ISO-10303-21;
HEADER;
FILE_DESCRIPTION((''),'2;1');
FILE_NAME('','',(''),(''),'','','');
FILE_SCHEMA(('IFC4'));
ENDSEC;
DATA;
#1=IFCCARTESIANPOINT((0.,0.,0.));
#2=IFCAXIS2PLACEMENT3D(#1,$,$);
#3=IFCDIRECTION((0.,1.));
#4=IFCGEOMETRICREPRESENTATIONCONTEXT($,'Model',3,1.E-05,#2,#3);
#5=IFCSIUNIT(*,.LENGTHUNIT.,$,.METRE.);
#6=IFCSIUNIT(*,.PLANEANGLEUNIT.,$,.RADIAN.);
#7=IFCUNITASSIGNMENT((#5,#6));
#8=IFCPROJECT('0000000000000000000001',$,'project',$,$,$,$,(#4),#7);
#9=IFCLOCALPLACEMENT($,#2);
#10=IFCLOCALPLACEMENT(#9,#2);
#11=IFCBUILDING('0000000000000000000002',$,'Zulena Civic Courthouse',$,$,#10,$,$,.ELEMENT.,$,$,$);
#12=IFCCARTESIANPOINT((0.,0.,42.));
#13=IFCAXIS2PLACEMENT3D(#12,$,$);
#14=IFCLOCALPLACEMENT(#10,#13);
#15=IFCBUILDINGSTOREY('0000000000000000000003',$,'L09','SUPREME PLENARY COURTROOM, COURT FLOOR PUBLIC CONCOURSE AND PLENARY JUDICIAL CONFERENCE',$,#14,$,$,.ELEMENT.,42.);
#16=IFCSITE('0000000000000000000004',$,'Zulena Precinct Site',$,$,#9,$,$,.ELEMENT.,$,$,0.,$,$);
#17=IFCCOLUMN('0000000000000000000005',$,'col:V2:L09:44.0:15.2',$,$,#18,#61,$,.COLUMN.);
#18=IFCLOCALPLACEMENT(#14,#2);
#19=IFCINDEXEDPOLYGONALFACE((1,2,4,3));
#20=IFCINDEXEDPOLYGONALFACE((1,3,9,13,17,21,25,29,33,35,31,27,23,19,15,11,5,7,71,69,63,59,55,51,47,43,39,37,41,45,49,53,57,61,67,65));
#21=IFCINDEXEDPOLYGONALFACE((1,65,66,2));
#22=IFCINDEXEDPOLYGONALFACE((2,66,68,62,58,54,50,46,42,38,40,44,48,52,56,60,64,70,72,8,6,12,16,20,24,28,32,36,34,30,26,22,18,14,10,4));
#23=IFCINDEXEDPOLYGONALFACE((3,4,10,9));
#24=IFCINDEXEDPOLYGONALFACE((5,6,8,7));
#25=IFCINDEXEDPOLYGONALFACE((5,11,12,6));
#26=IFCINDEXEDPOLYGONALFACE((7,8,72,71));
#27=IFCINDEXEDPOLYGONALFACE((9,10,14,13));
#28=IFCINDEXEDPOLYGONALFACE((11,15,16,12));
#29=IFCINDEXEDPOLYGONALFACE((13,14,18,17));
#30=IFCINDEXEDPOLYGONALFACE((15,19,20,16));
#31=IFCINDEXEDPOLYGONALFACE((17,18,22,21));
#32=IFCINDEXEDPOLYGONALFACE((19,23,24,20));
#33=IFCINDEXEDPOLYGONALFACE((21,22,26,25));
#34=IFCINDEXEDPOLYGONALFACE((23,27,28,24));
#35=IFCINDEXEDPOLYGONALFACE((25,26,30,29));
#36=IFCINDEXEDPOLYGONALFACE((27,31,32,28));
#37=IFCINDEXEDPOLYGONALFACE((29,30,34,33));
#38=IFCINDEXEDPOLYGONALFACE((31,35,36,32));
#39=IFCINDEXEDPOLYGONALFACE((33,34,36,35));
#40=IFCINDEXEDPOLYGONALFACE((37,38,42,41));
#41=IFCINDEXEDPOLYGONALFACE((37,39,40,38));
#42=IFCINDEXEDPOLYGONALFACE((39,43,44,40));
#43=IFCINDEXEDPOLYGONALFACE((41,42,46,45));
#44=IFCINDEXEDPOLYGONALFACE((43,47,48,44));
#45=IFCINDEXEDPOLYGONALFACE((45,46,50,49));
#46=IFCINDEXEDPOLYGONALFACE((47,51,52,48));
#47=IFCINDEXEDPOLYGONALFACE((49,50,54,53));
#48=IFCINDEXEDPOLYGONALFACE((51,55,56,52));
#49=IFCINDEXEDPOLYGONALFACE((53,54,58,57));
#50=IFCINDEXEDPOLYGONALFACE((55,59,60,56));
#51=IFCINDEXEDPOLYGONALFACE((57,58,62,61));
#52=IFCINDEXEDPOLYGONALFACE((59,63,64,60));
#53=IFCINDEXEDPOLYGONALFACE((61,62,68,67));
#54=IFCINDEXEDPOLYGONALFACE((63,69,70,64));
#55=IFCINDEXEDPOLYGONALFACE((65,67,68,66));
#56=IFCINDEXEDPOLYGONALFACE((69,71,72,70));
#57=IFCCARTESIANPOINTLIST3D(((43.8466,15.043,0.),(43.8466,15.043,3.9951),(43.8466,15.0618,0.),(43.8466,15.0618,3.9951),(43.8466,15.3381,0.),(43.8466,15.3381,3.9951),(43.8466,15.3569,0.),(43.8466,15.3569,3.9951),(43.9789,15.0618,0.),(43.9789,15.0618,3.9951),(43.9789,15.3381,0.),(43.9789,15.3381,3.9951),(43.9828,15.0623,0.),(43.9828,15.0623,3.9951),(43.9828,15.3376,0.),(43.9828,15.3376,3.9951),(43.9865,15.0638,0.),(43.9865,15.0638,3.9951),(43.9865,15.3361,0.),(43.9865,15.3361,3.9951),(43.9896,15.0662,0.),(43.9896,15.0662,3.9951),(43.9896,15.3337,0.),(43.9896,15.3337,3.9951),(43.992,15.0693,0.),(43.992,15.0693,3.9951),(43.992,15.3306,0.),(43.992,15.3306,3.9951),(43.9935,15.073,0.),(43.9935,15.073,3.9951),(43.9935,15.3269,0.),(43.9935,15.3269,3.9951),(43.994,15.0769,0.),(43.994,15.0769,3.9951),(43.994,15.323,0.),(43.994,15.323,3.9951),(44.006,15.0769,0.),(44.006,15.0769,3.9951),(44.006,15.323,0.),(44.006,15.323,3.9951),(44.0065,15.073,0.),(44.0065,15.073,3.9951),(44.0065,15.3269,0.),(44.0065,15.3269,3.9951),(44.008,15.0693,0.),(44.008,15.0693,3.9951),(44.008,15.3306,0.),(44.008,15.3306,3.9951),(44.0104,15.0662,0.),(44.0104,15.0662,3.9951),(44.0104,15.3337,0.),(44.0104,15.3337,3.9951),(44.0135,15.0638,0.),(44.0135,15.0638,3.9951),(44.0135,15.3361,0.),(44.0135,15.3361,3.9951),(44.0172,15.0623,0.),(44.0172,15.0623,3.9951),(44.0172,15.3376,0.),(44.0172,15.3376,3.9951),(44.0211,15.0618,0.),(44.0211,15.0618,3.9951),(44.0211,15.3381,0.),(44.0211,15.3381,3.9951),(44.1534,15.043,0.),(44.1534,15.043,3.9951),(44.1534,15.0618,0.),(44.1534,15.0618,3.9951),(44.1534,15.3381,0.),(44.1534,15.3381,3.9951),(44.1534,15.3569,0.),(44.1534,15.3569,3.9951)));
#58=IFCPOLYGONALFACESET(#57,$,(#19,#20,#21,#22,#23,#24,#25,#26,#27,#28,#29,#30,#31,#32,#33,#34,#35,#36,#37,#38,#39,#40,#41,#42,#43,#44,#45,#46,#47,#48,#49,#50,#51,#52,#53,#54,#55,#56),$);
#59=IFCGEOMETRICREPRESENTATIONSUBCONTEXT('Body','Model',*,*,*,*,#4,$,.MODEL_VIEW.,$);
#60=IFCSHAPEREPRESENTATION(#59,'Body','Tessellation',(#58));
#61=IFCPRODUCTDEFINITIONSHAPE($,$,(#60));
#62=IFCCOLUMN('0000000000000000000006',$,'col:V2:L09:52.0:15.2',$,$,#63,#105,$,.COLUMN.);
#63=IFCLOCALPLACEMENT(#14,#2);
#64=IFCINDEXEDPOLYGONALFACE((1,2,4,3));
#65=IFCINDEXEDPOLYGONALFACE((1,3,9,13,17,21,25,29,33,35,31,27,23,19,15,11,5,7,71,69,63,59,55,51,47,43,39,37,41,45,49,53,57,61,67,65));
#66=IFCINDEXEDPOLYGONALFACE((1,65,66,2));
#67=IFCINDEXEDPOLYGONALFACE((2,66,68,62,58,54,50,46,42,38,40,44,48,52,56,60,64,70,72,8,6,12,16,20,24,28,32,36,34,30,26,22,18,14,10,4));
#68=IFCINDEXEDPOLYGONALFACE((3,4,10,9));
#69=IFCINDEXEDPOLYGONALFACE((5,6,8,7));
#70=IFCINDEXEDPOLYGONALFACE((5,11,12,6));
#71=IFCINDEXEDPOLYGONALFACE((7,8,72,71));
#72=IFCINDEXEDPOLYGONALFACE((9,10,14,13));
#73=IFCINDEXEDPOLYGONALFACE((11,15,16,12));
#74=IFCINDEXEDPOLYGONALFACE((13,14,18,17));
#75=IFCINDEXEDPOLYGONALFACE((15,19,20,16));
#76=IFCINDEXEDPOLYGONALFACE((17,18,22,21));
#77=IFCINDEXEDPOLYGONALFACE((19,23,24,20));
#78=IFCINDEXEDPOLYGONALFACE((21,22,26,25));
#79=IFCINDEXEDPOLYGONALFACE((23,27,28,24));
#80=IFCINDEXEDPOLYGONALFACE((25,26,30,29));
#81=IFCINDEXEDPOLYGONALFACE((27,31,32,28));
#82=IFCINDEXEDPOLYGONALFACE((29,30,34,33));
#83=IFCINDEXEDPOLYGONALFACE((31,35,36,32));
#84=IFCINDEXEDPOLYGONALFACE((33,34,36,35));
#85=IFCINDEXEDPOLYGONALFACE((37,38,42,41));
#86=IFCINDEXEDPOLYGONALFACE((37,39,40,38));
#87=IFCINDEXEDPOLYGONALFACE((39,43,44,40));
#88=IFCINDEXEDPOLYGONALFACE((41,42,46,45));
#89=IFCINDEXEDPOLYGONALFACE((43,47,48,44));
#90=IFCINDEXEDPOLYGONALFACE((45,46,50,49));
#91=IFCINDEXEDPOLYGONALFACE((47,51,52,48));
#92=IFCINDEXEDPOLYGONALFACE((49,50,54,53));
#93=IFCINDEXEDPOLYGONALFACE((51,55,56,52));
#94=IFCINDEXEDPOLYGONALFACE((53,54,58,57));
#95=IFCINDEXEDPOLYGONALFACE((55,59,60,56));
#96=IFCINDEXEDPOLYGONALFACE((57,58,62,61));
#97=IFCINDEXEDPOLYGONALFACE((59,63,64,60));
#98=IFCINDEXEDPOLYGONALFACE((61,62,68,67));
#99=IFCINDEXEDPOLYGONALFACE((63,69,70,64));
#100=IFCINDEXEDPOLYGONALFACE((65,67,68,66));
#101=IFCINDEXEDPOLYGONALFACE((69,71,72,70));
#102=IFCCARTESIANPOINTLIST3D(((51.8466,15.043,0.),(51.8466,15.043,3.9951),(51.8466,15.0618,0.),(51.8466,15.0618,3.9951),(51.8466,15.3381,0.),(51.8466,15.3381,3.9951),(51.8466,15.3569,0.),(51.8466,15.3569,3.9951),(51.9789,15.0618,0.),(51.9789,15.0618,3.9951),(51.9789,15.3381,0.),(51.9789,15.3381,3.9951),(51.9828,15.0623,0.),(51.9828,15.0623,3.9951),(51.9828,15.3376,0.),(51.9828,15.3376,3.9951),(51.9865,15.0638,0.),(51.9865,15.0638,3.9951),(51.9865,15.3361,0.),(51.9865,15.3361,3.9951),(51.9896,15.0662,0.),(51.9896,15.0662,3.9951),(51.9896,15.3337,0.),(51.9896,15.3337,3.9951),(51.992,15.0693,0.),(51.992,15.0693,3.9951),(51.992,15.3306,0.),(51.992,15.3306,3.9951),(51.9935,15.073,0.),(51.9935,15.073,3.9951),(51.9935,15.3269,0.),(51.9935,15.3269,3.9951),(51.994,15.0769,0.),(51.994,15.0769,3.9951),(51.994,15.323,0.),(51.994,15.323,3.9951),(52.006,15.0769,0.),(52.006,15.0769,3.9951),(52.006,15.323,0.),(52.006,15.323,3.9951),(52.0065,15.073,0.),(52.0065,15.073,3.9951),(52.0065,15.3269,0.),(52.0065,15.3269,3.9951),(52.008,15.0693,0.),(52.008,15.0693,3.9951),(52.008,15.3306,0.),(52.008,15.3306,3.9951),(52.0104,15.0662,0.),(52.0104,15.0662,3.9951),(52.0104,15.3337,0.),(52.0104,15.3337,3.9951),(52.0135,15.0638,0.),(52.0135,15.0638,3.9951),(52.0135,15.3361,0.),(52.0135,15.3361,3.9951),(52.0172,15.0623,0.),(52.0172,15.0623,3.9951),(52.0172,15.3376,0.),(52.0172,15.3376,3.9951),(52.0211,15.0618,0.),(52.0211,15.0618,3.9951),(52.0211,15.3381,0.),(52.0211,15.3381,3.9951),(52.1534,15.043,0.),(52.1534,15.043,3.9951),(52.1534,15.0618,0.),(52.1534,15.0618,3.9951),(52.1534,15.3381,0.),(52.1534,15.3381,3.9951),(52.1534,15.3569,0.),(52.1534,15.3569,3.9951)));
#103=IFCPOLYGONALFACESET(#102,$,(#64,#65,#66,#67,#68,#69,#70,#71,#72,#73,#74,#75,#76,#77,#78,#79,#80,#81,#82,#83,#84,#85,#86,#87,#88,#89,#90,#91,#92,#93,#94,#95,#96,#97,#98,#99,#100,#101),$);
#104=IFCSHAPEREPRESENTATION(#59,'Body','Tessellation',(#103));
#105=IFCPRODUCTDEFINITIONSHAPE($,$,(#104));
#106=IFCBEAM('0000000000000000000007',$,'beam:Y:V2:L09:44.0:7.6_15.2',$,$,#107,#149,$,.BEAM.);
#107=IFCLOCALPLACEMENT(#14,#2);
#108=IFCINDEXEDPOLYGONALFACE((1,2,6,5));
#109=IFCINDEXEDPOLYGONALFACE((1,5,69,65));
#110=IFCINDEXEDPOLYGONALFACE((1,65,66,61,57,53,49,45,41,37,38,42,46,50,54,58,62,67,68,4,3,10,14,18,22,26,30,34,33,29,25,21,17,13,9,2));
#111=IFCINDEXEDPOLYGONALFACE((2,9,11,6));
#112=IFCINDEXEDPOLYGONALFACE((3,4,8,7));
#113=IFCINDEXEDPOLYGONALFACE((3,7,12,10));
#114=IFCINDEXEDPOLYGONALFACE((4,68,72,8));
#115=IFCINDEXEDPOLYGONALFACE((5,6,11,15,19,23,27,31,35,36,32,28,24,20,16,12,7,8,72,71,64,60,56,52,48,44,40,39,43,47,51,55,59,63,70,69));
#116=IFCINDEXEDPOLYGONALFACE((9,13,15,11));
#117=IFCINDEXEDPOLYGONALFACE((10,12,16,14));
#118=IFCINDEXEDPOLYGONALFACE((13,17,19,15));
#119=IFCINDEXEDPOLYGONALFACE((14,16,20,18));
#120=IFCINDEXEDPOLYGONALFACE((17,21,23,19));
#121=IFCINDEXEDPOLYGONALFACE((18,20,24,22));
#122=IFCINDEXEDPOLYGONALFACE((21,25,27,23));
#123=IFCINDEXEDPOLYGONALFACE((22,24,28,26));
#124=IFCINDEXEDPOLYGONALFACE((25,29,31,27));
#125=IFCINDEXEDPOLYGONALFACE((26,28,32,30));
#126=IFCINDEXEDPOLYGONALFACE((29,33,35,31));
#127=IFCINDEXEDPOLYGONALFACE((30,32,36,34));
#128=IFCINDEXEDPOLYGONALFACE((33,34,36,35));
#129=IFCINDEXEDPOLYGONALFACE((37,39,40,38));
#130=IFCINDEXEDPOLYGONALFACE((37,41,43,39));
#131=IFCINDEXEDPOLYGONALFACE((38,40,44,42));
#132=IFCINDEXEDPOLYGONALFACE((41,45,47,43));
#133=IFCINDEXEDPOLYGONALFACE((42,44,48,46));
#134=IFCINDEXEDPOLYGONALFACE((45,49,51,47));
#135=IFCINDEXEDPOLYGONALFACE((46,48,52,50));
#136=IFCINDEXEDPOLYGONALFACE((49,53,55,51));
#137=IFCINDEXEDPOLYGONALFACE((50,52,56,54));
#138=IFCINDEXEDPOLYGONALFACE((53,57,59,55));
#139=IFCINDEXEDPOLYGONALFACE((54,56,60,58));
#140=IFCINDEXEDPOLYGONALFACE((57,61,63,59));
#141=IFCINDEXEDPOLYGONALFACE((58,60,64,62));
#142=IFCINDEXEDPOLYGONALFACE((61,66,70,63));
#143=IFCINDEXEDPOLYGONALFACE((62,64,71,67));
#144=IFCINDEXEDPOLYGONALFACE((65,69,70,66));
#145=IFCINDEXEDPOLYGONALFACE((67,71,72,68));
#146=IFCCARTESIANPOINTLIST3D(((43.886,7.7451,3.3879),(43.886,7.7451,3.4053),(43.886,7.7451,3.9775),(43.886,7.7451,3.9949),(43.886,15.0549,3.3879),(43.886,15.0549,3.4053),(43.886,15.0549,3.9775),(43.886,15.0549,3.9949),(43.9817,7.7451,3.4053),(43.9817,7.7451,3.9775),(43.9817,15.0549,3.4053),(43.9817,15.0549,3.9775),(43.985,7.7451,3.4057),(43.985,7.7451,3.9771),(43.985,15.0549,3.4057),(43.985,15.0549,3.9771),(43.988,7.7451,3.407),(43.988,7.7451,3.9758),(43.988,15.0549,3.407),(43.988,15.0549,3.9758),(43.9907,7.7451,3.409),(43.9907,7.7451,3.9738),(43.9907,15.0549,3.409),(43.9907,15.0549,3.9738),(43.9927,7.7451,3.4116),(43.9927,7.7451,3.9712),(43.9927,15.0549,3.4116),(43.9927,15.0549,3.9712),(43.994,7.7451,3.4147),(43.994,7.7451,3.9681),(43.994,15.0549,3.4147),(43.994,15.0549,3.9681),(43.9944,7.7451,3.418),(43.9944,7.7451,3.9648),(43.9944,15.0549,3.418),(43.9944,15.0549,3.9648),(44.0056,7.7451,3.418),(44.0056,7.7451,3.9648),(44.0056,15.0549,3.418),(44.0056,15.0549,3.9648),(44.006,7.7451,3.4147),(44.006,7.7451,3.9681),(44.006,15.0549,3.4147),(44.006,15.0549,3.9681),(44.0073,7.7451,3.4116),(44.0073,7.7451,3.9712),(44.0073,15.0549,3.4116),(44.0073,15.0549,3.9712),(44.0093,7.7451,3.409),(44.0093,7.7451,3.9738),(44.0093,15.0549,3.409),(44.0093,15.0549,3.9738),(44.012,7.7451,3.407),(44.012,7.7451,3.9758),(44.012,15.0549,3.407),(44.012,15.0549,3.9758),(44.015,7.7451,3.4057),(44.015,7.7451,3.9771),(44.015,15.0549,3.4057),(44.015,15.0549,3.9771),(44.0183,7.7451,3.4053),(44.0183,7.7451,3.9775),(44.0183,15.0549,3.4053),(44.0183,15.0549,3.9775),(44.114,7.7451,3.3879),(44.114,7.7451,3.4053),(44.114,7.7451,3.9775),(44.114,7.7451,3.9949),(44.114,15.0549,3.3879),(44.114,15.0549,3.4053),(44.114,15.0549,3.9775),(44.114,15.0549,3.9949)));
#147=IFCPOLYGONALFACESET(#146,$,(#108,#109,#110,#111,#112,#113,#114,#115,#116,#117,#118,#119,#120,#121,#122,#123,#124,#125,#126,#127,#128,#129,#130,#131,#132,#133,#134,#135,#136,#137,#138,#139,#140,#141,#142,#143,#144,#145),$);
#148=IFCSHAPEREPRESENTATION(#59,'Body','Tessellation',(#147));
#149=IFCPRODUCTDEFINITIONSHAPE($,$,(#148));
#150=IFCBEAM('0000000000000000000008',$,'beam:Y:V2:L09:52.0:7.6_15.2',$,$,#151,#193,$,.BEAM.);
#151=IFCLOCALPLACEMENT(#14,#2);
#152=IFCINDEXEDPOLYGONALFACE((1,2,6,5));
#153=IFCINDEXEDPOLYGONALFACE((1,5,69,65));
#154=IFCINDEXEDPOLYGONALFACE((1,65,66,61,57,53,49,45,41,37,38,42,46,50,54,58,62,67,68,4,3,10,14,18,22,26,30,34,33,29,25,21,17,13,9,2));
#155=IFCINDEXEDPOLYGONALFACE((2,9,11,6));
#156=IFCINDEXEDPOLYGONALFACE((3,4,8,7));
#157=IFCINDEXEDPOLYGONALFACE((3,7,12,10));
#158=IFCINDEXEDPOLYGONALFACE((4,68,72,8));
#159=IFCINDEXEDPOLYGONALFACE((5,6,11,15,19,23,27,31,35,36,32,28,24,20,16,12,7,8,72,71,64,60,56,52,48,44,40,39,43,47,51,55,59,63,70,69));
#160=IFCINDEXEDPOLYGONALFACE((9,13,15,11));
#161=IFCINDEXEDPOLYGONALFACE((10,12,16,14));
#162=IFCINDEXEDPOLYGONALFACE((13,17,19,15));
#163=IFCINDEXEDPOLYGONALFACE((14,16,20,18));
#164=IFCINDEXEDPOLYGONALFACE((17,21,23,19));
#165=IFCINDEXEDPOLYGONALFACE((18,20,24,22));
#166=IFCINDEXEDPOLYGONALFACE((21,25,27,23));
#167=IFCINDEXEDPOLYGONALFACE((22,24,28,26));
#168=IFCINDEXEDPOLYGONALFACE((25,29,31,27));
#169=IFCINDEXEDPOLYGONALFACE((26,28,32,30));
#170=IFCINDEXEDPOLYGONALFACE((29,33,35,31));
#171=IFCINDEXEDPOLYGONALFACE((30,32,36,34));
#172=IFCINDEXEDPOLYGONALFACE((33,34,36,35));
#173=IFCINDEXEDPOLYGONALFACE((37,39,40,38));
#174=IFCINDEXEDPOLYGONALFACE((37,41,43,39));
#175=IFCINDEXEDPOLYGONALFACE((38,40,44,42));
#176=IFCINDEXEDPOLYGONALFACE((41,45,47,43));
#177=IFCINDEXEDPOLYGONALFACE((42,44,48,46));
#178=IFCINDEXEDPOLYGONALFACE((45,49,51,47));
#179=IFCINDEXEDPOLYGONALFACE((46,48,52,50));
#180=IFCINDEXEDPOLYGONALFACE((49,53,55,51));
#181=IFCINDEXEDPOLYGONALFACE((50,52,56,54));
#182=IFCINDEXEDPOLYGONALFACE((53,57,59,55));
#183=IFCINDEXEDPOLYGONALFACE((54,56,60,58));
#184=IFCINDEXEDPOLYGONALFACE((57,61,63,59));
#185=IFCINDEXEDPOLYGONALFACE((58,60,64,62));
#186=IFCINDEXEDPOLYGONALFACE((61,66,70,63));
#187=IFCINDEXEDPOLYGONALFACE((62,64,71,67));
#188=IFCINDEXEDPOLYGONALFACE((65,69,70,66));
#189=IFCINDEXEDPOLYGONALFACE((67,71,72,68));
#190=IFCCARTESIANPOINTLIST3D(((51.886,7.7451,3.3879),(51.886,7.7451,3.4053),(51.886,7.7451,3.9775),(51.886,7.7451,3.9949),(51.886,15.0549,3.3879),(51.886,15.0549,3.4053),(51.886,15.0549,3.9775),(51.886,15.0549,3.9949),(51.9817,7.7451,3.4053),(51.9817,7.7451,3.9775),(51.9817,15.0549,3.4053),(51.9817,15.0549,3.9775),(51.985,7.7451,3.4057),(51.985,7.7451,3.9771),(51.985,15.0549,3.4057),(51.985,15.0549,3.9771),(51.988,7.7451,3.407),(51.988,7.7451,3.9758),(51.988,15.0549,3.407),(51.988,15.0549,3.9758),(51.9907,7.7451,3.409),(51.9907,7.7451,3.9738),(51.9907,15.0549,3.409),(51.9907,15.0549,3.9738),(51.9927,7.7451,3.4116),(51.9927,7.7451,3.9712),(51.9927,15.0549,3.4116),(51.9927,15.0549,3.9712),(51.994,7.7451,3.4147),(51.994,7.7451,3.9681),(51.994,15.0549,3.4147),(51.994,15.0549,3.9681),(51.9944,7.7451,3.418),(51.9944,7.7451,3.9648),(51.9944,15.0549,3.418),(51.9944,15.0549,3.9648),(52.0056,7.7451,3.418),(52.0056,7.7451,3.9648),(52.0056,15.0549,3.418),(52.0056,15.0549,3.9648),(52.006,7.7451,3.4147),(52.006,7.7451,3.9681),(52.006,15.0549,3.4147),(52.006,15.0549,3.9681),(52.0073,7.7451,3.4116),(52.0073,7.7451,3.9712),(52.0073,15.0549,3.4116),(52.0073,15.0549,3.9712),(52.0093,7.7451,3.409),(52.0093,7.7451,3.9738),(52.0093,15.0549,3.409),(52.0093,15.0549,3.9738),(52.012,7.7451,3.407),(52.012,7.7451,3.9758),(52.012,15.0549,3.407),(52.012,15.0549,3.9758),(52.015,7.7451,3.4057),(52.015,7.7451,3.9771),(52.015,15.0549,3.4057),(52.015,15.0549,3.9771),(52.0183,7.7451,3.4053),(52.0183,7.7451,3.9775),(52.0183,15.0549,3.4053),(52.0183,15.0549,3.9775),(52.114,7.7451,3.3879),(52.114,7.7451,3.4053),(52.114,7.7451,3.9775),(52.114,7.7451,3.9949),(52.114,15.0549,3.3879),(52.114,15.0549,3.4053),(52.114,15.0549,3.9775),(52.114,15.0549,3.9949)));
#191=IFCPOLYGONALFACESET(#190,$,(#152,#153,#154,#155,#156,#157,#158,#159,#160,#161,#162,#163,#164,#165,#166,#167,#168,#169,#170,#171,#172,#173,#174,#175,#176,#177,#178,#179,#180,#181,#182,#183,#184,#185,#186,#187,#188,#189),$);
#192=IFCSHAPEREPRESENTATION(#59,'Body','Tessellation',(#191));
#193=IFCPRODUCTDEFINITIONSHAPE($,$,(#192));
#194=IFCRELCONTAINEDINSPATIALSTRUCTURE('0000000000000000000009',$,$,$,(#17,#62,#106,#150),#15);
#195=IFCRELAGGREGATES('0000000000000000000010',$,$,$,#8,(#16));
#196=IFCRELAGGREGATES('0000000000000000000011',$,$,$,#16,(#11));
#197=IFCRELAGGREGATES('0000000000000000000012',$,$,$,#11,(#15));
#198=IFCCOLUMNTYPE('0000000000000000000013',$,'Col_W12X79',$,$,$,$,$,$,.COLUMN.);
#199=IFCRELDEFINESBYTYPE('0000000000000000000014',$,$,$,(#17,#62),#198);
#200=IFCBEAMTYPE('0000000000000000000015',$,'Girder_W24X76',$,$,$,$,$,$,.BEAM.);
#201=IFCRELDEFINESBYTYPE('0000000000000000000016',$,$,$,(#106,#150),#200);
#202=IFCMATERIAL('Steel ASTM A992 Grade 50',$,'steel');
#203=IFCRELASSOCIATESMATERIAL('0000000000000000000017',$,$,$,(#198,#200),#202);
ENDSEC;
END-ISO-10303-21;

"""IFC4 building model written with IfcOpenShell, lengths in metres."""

from ifc_helpers import new_model, si_unit, direction, frame, origin, origin_2d, place, context, subcontext, project, spatial, i_section, extrude, material, material_profile, profile_set, type_object, element, save


model = new_model("IFC4")

# Units and contexts
model_context = context("Model", 3, precision=1e-05, world=origin(), true_north=direction((0.0, 1.0)))
body_context = subcontext(model_context, "Body", "Model", "MODEL_VIEW")
ifc_project = project(units=[si_unit("LENGTHUNIT", "METRE"), si_unit("PLANEANGLEUNIT", "RADIAN")], contexts=[model_context])

# Site, building, storey
site_placement = place(None, origin())
site = spatial("IfcSite", under=ifc_project, at=site_placement, Name="Zulena Precinct Site", CompositionType="ELEMENT", RefElevation=0.0)
building_placement = place(site_placement, origin())
building = spatial("IfcBuilding", under=site, at=building_placement, Name="Zulena Civic Courthouse", CompositionType="ELEMENT")
storey_placement = place(building_placement, frame((0.0, 0.0, 42.0)))
storey = spatial("IfcBuildingStorey", under=building, at=storey_placement, Name="L09", Description="SUPREME PLENARY COURTROOM, COURT FLOOR PUBLIC CONCOURSE AND PLENARY JUDICIAL CONFERENCE", CompositionType="ELEMENT", Elevation=42.0)

# Columns
ifc_material_1 = material(Name="Steel ASTM A992 Grade 50", Category="steel")
ifc_material_profile_1 = material_profile(ifc_material_1, i_section(OverallWidth=0.3069, OverallDepth=0.314, WebThickness=0.012, FlangeThickness=0.0188, FilletRadius=0.0151, at=origin_2d()), Name="W12X79")
ifc_profile_set_1 = profile_set([ifc_material_profile_1], Name="Steel ASTM A992 Grade 50")
column_type = type_object("IfcColumnType", Name="Col_W12X79", PredefinedType="COLUMN", material=ifc_profile_set_1)
for number, where, z_axis, x_axis, name in (
    (1, (44.0, 15.2, 0.0), (0.0, 0.0, 1.0), (1.0, 0.0, 0.0), "col:V2:L09:44.0:15.2"),
    (2, (52.0, 15.2, 0.0), (0.0, 0.0, 1.0), (1.0, 0.0, 0.0), "col:V2:L09:52.0:15.2"),
):
    element("IfcColumn", number, at=place(storey_placement, frame(where, z_axis=z_axis, x_axis=x_axis)), inside=storey, type_object=column_type, Name=name, PredefinedType="COLUMN", context=body_context, shape_type="SweptSolid", body=[
        extrude(i_section(OverallWidth=0.3069, OverallDepth=0.314, WebThickness=0.012, FlangeThickness=0.0188, FilletRadius=0.0151, at=origin_2d()), origin(), (0.0, 0.0, 1.0), 3.9951),
    ])

# Beams
ifc_material_profile_2 = material_profile(ifc_material_1, i_section(OverallWidth=0.228, OverallDepth=0.6069, WebThickness=0.0112, FlangeThickness=0.0173, FilletRadius=0.0127, at=origin_2d()), Name="W24X76")
ifc_profile_set_2 = profile_set([ifc_material_profile_2], Name="Steel ASTM A992 Grade 50")
beam_type_1 = type_object("IfcBeamType", Name="Girder_W24X76", PredefinedType="BEAM", material=ifc_profile_set_2)
for number, where, z_axis, x_axis, name in (
    (3, (44.0, 7.7451, 3.6914), (0.0, 1.0, 0.0), (-1.0, 0.0, 0.0), "beam:Y:V2:L09:44.0:7.6_15.2"),
    (4, (52.0, 7.7451, 3.6914), (0.0, 1.0, 0.0), (-1.0, 0.0, 0.0), "beam:Y:V2:L09:52.0:7.6_15.2"),
):
    element("IfcBeam", number, at=place(storey_placement, frame(where, z_axis=z_axis, x_axis=x_axis)), inside=storey, type_object=beam_type_1, Name=name, PredefinedType="BEAM", context=body_context, shape_type="SweptSolid", body=[
        extrude(i_section(OverallWidth=0.228, OverallDepth=0.6069, WebThickness=0.0112, FlangeThickness=0.0173, FilletRadius=0.0127, at=origin_2d()), origin(), (0.0, 0.0, 1.0), 7.3098),
    ])

save(model, "model.ifc")
